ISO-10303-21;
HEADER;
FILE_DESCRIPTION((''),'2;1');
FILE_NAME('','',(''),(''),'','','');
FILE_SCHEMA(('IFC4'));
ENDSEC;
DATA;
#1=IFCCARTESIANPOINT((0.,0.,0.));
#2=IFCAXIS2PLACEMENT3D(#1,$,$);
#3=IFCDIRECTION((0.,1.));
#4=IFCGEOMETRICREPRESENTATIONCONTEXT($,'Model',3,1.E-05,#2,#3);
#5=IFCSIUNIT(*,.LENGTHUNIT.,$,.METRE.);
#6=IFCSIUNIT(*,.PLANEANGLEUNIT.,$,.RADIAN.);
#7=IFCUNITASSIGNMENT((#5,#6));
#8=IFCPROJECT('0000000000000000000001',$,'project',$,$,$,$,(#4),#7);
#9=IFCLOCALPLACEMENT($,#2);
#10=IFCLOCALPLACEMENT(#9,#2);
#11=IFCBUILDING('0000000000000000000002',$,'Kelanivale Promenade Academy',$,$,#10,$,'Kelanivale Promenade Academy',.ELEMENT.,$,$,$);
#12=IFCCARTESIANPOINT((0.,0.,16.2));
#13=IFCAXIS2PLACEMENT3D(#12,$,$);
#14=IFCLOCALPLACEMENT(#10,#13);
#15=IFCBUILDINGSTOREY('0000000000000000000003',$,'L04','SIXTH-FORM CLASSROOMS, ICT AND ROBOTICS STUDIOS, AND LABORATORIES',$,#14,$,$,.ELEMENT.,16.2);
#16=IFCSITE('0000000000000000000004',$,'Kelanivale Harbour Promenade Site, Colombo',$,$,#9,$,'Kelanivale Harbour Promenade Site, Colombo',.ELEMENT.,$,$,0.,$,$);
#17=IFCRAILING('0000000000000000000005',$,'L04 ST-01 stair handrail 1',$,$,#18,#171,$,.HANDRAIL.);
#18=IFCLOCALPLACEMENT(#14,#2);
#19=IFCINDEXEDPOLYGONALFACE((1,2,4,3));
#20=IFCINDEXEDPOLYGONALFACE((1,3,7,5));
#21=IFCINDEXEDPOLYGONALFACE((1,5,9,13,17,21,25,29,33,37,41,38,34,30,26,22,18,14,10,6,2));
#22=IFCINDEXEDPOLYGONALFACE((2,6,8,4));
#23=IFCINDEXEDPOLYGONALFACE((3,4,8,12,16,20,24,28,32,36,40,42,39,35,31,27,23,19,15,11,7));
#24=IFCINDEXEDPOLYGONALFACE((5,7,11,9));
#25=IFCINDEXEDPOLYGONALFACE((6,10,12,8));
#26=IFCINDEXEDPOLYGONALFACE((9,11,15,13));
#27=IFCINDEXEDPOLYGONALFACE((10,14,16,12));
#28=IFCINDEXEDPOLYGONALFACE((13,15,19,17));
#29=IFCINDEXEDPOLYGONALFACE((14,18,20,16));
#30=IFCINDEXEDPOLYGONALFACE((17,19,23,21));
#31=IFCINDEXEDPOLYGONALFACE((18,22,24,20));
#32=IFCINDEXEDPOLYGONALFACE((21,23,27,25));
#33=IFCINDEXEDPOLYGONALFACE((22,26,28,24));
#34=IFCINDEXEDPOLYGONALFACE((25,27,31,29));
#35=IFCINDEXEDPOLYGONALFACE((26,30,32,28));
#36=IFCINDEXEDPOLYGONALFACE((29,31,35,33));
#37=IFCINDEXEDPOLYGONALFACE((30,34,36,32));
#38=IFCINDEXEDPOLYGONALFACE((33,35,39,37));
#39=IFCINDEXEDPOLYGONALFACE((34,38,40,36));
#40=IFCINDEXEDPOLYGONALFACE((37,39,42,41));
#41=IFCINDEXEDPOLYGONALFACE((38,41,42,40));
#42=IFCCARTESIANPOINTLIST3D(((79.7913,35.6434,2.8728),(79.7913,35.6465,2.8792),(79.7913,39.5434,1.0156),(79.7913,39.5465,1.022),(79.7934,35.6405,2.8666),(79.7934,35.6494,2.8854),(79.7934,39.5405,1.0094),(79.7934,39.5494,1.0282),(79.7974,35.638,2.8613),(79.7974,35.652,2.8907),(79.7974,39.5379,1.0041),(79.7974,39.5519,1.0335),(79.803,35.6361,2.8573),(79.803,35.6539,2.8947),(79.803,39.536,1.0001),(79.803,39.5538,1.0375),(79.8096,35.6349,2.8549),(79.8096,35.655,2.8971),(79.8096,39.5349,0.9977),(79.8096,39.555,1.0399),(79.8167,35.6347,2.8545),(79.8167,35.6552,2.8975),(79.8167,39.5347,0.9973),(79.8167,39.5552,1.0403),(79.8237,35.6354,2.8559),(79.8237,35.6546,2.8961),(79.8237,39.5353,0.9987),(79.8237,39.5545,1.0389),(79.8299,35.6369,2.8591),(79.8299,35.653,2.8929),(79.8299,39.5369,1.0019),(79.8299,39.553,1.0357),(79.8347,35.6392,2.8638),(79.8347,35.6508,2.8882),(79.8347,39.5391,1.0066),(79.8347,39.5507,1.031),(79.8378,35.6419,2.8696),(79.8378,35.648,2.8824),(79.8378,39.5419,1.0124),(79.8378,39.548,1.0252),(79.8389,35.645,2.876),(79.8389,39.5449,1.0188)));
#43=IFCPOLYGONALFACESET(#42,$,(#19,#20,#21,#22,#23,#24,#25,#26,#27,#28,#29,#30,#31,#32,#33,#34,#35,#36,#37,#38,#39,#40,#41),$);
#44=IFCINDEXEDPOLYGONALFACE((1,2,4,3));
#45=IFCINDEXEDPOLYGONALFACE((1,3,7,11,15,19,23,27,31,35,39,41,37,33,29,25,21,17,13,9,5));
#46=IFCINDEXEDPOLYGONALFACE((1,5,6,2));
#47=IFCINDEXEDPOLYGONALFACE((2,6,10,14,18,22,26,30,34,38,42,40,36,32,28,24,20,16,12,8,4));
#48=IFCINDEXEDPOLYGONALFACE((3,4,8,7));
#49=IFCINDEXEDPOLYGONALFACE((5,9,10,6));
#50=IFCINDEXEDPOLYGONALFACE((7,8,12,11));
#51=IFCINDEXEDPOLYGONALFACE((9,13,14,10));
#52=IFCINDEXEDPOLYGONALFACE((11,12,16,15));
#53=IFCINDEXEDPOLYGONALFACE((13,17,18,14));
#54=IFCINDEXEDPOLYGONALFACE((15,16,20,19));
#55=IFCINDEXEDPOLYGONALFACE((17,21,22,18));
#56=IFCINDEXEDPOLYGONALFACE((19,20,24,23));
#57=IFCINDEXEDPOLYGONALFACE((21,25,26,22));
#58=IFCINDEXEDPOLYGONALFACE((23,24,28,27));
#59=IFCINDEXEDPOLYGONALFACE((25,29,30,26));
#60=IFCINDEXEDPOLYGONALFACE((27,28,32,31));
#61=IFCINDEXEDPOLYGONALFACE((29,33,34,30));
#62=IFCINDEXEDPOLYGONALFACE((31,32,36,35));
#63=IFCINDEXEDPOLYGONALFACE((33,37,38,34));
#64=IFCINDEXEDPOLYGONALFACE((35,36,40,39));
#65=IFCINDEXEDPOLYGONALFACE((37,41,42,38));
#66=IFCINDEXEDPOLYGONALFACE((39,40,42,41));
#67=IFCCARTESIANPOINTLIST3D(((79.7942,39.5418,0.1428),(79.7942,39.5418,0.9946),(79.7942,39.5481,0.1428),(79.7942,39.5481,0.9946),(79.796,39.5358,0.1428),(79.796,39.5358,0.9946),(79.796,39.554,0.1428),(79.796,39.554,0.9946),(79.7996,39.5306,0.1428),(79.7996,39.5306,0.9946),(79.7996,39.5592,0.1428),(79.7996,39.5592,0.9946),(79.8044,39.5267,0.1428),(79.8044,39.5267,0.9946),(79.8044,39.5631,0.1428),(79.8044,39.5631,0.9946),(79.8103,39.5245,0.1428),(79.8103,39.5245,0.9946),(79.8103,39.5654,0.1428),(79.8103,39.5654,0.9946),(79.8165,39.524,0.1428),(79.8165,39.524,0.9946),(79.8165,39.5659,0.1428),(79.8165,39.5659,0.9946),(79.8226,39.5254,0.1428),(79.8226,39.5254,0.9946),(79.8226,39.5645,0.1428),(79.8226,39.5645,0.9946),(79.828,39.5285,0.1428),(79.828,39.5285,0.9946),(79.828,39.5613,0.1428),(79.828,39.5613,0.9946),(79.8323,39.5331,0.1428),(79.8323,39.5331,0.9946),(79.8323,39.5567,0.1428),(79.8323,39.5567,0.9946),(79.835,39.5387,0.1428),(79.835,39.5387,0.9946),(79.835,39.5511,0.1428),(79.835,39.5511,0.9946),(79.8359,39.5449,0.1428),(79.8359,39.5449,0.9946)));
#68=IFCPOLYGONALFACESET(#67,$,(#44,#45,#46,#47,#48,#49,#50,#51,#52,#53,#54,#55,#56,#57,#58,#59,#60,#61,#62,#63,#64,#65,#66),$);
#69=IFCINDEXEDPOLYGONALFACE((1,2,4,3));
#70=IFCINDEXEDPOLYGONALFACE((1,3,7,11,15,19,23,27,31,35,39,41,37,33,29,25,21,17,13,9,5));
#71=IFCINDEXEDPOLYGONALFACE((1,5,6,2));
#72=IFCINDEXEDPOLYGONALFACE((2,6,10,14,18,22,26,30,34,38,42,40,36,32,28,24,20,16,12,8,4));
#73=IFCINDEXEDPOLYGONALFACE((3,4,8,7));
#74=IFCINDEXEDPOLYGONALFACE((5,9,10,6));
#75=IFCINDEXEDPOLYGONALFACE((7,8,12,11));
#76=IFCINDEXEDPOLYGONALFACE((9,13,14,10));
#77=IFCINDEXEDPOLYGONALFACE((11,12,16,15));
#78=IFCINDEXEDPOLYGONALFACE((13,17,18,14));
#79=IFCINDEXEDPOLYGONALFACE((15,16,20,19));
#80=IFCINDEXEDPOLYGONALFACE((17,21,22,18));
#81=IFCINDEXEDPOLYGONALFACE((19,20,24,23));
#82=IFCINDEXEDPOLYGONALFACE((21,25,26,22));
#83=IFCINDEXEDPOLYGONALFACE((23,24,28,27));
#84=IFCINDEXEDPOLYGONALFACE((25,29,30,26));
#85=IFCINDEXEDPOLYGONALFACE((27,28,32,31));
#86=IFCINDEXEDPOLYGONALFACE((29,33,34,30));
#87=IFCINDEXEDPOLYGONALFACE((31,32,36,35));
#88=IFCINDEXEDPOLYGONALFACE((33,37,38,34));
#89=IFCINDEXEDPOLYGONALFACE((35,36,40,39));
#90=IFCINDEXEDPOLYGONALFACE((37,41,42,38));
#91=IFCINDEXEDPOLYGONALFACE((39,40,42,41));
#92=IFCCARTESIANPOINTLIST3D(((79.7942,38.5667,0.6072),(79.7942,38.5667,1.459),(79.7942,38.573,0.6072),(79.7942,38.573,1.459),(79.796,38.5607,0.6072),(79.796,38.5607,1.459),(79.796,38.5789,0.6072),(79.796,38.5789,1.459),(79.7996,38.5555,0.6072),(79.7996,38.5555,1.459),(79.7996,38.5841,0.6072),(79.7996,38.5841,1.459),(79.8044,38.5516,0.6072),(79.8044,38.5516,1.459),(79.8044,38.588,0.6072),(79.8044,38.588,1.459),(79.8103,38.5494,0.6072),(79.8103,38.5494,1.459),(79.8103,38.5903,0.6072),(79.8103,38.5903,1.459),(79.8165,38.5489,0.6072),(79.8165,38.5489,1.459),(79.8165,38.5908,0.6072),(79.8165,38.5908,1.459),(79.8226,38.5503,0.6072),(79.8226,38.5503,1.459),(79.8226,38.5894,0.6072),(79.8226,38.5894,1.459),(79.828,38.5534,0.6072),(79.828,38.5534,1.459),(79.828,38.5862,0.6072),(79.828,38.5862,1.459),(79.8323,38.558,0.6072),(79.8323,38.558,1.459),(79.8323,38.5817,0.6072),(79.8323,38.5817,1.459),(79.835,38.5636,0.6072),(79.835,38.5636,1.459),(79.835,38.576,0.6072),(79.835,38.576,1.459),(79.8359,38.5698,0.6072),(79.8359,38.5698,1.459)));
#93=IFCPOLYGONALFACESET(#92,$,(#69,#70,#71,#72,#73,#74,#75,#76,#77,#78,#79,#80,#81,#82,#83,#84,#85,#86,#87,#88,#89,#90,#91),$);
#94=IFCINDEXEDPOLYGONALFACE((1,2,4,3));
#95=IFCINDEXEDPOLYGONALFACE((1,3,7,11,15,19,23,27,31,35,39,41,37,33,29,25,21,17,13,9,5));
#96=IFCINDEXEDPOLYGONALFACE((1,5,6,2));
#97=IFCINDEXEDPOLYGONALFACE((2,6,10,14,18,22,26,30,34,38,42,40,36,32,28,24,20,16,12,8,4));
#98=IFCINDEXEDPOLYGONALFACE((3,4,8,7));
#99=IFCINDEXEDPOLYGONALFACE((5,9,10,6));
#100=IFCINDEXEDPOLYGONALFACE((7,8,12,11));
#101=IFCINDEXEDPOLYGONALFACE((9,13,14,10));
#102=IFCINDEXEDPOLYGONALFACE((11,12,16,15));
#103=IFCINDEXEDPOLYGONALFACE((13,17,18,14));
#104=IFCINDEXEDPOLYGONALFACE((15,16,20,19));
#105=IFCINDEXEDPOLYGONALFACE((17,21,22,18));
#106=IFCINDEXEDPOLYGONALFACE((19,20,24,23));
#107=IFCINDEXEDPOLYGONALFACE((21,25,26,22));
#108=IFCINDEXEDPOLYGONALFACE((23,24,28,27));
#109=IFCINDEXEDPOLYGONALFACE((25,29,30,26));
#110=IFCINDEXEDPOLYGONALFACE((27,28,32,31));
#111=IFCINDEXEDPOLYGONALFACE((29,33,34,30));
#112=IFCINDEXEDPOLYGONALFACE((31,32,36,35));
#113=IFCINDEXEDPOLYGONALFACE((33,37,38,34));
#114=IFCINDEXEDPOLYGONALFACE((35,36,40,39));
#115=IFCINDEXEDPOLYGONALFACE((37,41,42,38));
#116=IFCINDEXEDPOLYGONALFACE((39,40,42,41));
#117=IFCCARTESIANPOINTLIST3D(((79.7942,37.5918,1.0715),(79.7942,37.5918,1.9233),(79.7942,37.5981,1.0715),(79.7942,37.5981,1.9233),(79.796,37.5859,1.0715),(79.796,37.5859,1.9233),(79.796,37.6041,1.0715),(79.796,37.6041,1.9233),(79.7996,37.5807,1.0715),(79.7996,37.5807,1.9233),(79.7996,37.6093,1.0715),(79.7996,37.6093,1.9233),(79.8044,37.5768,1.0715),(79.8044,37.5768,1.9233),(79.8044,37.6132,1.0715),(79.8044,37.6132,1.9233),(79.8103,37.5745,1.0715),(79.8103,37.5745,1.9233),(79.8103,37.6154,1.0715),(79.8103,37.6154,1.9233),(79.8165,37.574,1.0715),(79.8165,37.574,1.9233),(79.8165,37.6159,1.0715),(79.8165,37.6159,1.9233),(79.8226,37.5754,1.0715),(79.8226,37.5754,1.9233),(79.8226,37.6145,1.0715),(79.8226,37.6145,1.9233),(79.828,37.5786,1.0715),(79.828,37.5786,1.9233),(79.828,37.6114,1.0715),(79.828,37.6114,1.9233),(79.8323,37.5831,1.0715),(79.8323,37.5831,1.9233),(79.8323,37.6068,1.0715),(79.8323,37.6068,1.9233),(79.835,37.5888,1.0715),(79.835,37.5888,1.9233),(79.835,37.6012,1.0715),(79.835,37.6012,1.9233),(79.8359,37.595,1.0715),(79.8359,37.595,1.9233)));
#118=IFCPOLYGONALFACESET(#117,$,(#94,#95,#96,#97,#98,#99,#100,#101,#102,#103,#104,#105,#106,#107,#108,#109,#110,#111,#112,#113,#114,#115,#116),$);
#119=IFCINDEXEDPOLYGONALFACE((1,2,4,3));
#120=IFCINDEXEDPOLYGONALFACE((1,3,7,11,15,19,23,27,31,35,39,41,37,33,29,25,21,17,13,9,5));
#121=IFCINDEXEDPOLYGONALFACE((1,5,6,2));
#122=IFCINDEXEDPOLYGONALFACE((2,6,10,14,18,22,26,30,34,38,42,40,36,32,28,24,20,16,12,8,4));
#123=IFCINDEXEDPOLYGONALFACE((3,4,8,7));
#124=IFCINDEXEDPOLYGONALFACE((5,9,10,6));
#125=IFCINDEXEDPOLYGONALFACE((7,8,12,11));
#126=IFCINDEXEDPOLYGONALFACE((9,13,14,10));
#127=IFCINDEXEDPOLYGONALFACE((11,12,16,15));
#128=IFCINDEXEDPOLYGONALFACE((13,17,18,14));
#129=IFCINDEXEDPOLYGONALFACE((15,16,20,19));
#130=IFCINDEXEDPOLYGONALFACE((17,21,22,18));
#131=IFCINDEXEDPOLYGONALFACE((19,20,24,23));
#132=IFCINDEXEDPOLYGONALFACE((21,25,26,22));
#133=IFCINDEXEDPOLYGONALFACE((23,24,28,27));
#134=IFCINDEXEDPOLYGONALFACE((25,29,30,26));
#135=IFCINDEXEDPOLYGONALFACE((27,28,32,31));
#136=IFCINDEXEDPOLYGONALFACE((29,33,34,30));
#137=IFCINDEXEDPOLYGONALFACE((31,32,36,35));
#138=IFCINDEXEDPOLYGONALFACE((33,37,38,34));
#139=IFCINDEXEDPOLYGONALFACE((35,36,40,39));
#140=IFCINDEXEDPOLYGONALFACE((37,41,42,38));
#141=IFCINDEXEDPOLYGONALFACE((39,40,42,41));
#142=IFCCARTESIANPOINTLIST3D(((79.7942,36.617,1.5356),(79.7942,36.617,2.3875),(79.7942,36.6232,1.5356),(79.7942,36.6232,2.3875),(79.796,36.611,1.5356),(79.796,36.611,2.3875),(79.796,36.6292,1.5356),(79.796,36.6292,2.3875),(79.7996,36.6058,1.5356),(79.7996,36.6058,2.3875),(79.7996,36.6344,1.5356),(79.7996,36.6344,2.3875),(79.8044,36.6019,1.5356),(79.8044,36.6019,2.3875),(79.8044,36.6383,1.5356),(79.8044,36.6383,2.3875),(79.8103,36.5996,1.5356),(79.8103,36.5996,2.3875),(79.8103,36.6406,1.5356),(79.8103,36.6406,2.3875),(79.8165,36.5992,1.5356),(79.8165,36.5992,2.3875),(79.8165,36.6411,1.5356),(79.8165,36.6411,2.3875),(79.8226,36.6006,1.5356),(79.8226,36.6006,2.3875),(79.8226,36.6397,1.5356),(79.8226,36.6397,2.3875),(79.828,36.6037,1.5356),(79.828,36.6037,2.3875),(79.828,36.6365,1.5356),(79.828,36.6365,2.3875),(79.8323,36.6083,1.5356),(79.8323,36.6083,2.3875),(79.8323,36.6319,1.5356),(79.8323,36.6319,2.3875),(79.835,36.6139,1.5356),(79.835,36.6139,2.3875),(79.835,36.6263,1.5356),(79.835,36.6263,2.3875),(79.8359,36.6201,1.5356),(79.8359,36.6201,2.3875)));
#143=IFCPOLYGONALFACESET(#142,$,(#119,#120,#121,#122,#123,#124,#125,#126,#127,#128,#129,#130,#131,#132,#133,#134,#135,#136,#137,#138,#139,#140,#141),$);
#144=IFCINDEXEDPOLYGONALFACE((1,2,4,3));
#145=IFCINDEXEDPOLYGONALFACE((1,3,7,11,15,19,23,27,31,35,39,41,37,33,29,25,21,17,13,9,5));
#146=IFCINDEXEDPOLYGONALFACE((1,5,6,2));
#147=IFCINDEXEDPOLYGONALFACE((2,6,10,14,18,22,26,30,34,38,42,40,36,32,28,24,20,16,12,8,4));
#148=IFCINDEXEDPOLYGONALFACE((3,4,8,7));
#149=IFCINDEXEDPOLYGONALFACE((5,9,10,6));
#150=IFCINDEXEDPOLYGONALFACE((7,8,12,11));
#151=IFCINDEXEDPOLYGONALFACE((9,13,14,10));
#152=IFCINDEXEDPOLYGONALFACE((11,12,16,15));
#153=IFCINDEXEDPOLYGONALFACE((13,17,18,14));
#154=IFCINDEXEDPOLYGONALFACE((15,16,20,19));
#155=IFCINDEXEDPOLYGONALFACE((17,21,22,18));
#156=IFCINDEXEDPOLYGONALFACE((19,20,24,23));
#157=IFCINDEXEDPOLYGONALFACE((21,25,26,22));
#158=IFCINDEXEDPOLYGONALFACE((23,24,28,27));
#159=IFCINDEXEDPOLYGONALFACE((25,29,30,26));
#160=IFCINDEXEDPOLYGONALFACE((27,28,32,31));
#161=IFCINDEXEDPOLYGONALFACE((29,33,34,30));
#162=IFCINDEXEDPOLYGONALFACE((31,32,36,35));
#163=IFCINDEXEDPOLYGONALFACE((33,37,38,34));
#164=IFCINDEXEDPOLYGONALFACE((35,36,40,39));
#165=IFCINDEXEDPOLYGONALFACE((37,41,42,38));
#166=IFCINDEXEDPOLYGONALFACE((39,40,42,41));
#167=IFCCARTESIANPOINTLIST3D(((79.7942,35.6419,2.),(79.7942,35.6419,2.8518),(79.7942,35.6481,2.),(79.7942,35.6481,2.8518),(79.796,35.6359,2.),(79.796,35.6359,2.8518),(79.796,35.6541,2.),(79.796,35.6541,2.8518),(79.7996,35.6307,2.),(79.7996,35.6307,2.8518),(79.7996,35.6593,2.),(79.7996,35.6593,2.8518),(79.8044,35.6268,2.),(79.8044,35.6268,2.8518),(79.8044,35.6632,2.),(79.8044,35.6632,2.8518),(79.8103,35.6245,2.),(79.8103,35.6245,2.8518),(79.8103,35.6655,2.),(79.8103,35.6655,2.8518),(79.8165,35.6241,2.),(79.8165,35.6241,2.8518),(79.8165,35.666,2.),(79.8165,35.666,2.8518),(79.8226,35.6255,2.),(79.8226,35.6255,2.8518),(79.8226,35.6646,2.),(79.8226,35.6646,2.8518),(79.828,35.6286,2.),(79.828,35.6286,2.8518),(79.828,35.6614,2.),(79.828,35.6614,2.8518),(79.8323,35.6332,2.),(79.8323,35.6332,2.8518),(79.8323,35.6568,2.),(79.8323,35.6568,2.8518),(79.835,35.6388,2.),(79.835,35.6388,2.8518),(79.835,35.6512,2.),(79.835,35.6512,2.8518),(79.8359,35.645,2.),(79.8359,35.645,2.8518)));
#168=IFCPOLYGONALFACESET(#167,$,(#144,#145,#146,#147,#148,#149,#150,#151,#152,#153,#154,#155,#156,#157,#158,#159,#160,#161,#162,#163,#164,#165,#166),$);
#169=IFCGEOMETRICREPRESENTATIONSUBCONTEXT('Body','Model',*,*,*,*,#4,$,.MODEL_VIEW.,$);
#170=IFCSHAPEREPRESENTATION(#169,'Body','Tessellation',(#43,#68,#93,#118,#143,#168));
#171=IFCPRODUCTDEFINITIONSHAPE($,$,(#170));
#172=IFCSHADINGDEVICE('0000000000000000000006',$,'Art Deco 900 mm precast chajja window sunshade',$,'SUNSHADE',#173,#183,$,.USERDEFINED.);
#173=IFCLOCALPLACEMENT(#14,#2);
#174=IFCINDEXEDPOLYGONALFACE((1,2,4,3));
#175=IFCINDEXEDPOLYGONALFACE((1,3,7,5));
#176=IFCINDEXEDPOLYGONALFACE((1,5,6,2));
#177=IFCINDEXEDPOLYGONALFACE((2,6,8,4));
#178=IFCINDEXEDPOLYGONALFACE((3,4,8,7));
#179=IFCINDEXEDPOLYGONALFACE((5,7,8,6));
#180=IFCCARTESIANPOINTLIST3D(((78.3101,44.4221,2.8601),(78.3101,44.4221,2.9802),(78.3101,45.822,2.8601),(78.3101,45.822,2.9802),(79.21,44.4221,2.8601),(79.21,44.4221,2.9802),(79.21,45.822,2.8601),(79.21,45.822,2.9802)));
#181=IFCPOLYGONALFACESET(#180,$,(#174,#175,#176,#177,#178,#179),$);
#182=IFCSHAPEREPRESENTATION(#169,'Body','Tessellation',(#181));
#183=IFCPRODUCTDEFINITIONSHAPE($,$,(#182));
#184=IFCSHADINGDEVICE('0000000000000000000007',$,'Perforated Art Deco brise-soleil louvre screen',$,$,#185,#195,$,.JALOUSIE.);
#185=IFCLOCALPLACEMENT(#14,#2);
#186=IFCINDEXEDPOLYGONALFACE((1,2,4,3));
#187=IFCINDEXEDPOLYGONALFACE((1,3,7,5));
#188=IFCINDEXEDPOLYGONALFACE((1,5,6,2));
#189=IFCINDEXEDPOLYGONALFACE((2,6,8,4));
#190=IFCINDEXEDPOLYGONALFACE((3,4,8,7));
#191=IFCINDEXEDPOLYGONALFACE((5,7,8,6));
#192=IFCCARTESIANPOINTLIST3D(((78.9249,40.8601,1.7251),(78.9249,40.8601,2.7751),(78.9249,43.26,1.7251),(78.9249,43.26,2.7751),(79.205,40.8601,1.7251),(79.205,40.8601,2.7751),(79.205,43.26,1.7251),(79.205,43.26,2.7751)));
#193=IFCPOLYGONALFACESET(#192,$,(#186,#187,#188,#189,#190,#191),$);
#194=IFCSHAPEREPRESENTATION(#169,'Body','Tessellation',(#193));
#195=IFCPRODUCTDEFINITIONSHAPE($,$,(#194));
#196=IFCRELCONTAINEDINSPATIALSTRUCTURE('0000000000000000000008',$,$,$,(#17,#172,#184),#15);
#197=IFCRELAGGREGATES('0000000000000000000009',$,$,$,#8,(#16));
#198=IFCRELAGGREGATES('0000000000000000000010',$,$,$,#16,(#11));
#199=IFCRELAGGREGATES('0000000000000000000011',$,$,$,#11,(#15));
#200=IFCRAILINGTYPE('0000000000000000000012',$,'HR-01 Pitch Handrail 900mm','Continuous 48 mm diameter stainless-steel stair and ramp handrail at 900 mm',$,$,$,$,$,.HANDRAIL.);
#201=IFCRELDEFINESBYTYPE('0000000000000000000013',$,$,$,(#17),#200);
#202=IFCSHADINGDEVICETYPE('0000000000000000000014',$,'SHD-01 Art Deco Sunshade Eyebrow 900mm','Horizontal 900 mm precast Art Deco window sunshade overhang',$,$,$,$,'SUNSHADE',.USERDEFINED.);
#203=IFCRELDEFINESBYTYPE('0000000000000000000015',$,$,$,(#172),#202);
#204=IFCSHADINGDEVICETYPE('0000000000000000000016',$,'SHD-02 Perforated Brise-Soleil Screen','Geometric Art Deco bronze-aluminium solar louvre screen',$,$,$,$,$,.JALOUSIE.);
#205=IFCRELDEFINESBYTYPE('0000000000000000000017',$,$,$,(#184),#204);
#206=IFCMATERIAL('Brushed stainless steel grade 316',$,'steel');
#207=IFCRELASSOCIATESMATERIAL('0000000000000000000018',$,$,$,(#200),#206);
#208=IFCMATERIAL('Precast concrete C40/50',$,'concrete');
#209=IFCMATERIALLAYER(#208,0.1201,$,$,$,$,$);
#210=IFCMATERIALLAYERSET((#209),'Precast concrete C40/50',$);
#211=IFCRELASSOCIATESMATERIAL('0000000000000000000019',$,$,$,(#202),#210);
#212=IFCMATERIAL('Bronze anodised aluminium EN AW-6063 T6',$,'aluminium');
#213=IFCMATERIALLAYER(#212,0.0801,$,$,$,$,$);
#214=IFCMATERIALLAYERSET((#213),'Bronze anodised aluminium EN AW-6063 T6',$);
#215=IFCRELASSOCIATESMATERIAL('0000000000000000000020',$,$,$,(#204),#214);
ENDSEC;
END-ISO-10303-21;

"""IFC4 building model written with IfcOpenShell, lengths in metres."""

from ifc_helpers import new_model, si_unit, direction, frame, origin, origin_2d, place, context, subcontext, project, spatial, rectangle, circle, extrude, material, layer, layer_set, type_object, element, save


model = new_model("IFC4")

# Units and contexts
model_context = context("Model", 3, precision=1e-05, world=origin(), true_north=direction((0.0, 1.0)))
body_context = subcontext(model_context, "Body", "Model", "MODEL_VIEW")
ifc_project = project(units=[si_unit("LENGTHUNIT", "METRE"), si_unit("PLANEANGLEUNIT", "RADIAN")], contexts=[model_context])

# Site, building, storey
site_placement = place(None, origin())
site = spatial("IfcSite", under=ifc_project, at=site_placement, Name="Kelanivale Harbour Promenade Site, Colombo", LongName="Kelanivale Harbour Promenade Site, Colombo", CompositionType="ELEMENT", RefElevation=0.0)
building_placement = place(site_placement, origin())
building = spatial("IfcBuilding", under=site, at=building_placement, Name="Kelanivale Promenade Academy", LongName="Kelanivale Promenade Academy", CompositionType="ELEMENT")
storey_placement = place(building_placement, frame((0.0, 0.0, 16.2)))
storey = spatial("IfcBuildingStorey", under=building, at=storey_placement, Name="L04", Description="SIXTH-FORM CLASSROOMS, ICT AND ROBOTICS STUDIOS, AND LABORATORIES", CompositionType="ELEMENT", Elevation=16.2)

# Shared definitions
ifc_material_1 = material(Name="Precast concrete C40/50", Category="concrete")

# Railing
ifc_material_2 = material(Name="Brushed stainless steel grade 316", Category="steel")
railing_type_1 = type_object("IfcRailingType", Name="HR-01 Pitch Handrail 900mm", Description="Continuous 48 mm diameter stainless-steel stair and ramp handrail at 900 mm", PredefinedType="HANDRAIL", material=ifc_material_2)
railing_1_placement = place(storey_placement, frame((79.8149, 39.5449, 0.1428)))
element("IfcRailing", 1, at=railing_1_placement, inside=storey, type_object=railing_type_1, Name="L04 ST-01 stair handrail 1", PredefinedType="HANDRAIL", context=body_context, shape_type="SweptSolid", body=[
    extrude(circle(Radius=0.0239, at=origin_2d()), frame((0.0, 0.0, 0.876), z_axis=(0.0, -0.902853, 0.429949), x_axis=(1.0, 0.0, 0.0)), (0.0, 0.0, 1.0), 4.3196),
    extrude(circle(Radius=0.021, at=origin_2d()), origin(), (0.0, 0.0, 1.0), 0.8518),
    extrude(circle(Radius=0.021, at=origin_2d()), frame((0.0, -0.9751, 0.4644)), (0.0, 0.0, 1.0), 0.8518),
    extrude(circle(Radius=0.021, at=origin_2d()), frame((0.0, -1.95, 0.9287)), (0.0, 0.0, 1.0), 0.8518),
    extrude(circle(Radius=0.021, at=origin_2d()), frame((0.0, -2.9248, 1.3928)), (0.0, 0.0, 1.0), 0.8518),
    extrude(circle(Radius=0.021, at=origin_2d()), frame((0.0, -3.8999, 1.8572)), (0.0, 0.0, 1.0), 0.8518),
])

# Shading devices
ifc_layer_1 = layer(ifc_material_1, 0.1201)
ifc_layer_set_1 = layer_set([ifc_layer_1], Name="Precast concrete C40/50")
shading_device_type_1 = type_object("IfcShadingDeviceType", Name="SHD-01 Art Deco Sunshade Eyebrow 900mm", Description="Horizontal 900 mm precast Art Deco window sunshade overhang", ElementType="SUNSHADE", PredefinedType="USERDEFINED", material=ifc_layer_set_1)
shading_device_1_placement = place(storey_placement, frame((78.76, 45.1221, 2.8601), z_axis=(0.0, 0.0, 1.0), x_axis=(0.0, -1.0, 0.0)))
element("IfcShadingDevice", 2, at=shading_device_1_placement, inside=storey, type_object=shading_device_type_1, Name="Art Deco 900 mm precast chajja window sunshade", ObjectType="SUNSHADE", PredefinedType="USERDEFINED", context=body_context, shape_type="SweptSolid", body=[
    extrude(rectangle(XDim=1.3999, YDim=0.8999, at=origin_2d()), origin(), (0.0, 0.0, 1.0), 0.1201),
])
ifc_material_3 = material(Name="Bronze anodised aluminium EN AW-6063 T6", Category="aluminium")
ifc_layer_2 = layer(ifc_material_3, 0.0801)
ifc_layer_set_2 = layer_set([ifc_layer_2], Name="Bronze anodised aluminium EN AW-6063 T6")
shading_device_type_2 = type_object("IfcShadingDeviceType", Name="SHD-02 Perforated Brise-Soleil Screen", Description="Geometric Art Deco bronze-aluminium solar louvre screen", PredefinedType="JALOUSIE", material=ifc_layer_set_2)
shading_device_2_placement = place(storey_placement, frame((79.0649, 42.0601, 1.7251), z_axis=(0.0, 0.0, 1.0), x_axis=(0.0, -1.0, 0.0)))
element("IfcShadingDevice", 3, at=shading_device_2_placement, inside=storey, type_object=shading_device_type_2, Name="Perforated Art Deco brise-soleil louvre screen", PredefinedType="JALOUSIE", context=body_context, shape_type="SweptSolid", body=[
    extrude(rectangle(XDim=2.3999, YDim=0.28, at=origin_2d()), origin(), (0.0, 0.0, 1.0), 1.05),
])

save(model, "model.ifc")
